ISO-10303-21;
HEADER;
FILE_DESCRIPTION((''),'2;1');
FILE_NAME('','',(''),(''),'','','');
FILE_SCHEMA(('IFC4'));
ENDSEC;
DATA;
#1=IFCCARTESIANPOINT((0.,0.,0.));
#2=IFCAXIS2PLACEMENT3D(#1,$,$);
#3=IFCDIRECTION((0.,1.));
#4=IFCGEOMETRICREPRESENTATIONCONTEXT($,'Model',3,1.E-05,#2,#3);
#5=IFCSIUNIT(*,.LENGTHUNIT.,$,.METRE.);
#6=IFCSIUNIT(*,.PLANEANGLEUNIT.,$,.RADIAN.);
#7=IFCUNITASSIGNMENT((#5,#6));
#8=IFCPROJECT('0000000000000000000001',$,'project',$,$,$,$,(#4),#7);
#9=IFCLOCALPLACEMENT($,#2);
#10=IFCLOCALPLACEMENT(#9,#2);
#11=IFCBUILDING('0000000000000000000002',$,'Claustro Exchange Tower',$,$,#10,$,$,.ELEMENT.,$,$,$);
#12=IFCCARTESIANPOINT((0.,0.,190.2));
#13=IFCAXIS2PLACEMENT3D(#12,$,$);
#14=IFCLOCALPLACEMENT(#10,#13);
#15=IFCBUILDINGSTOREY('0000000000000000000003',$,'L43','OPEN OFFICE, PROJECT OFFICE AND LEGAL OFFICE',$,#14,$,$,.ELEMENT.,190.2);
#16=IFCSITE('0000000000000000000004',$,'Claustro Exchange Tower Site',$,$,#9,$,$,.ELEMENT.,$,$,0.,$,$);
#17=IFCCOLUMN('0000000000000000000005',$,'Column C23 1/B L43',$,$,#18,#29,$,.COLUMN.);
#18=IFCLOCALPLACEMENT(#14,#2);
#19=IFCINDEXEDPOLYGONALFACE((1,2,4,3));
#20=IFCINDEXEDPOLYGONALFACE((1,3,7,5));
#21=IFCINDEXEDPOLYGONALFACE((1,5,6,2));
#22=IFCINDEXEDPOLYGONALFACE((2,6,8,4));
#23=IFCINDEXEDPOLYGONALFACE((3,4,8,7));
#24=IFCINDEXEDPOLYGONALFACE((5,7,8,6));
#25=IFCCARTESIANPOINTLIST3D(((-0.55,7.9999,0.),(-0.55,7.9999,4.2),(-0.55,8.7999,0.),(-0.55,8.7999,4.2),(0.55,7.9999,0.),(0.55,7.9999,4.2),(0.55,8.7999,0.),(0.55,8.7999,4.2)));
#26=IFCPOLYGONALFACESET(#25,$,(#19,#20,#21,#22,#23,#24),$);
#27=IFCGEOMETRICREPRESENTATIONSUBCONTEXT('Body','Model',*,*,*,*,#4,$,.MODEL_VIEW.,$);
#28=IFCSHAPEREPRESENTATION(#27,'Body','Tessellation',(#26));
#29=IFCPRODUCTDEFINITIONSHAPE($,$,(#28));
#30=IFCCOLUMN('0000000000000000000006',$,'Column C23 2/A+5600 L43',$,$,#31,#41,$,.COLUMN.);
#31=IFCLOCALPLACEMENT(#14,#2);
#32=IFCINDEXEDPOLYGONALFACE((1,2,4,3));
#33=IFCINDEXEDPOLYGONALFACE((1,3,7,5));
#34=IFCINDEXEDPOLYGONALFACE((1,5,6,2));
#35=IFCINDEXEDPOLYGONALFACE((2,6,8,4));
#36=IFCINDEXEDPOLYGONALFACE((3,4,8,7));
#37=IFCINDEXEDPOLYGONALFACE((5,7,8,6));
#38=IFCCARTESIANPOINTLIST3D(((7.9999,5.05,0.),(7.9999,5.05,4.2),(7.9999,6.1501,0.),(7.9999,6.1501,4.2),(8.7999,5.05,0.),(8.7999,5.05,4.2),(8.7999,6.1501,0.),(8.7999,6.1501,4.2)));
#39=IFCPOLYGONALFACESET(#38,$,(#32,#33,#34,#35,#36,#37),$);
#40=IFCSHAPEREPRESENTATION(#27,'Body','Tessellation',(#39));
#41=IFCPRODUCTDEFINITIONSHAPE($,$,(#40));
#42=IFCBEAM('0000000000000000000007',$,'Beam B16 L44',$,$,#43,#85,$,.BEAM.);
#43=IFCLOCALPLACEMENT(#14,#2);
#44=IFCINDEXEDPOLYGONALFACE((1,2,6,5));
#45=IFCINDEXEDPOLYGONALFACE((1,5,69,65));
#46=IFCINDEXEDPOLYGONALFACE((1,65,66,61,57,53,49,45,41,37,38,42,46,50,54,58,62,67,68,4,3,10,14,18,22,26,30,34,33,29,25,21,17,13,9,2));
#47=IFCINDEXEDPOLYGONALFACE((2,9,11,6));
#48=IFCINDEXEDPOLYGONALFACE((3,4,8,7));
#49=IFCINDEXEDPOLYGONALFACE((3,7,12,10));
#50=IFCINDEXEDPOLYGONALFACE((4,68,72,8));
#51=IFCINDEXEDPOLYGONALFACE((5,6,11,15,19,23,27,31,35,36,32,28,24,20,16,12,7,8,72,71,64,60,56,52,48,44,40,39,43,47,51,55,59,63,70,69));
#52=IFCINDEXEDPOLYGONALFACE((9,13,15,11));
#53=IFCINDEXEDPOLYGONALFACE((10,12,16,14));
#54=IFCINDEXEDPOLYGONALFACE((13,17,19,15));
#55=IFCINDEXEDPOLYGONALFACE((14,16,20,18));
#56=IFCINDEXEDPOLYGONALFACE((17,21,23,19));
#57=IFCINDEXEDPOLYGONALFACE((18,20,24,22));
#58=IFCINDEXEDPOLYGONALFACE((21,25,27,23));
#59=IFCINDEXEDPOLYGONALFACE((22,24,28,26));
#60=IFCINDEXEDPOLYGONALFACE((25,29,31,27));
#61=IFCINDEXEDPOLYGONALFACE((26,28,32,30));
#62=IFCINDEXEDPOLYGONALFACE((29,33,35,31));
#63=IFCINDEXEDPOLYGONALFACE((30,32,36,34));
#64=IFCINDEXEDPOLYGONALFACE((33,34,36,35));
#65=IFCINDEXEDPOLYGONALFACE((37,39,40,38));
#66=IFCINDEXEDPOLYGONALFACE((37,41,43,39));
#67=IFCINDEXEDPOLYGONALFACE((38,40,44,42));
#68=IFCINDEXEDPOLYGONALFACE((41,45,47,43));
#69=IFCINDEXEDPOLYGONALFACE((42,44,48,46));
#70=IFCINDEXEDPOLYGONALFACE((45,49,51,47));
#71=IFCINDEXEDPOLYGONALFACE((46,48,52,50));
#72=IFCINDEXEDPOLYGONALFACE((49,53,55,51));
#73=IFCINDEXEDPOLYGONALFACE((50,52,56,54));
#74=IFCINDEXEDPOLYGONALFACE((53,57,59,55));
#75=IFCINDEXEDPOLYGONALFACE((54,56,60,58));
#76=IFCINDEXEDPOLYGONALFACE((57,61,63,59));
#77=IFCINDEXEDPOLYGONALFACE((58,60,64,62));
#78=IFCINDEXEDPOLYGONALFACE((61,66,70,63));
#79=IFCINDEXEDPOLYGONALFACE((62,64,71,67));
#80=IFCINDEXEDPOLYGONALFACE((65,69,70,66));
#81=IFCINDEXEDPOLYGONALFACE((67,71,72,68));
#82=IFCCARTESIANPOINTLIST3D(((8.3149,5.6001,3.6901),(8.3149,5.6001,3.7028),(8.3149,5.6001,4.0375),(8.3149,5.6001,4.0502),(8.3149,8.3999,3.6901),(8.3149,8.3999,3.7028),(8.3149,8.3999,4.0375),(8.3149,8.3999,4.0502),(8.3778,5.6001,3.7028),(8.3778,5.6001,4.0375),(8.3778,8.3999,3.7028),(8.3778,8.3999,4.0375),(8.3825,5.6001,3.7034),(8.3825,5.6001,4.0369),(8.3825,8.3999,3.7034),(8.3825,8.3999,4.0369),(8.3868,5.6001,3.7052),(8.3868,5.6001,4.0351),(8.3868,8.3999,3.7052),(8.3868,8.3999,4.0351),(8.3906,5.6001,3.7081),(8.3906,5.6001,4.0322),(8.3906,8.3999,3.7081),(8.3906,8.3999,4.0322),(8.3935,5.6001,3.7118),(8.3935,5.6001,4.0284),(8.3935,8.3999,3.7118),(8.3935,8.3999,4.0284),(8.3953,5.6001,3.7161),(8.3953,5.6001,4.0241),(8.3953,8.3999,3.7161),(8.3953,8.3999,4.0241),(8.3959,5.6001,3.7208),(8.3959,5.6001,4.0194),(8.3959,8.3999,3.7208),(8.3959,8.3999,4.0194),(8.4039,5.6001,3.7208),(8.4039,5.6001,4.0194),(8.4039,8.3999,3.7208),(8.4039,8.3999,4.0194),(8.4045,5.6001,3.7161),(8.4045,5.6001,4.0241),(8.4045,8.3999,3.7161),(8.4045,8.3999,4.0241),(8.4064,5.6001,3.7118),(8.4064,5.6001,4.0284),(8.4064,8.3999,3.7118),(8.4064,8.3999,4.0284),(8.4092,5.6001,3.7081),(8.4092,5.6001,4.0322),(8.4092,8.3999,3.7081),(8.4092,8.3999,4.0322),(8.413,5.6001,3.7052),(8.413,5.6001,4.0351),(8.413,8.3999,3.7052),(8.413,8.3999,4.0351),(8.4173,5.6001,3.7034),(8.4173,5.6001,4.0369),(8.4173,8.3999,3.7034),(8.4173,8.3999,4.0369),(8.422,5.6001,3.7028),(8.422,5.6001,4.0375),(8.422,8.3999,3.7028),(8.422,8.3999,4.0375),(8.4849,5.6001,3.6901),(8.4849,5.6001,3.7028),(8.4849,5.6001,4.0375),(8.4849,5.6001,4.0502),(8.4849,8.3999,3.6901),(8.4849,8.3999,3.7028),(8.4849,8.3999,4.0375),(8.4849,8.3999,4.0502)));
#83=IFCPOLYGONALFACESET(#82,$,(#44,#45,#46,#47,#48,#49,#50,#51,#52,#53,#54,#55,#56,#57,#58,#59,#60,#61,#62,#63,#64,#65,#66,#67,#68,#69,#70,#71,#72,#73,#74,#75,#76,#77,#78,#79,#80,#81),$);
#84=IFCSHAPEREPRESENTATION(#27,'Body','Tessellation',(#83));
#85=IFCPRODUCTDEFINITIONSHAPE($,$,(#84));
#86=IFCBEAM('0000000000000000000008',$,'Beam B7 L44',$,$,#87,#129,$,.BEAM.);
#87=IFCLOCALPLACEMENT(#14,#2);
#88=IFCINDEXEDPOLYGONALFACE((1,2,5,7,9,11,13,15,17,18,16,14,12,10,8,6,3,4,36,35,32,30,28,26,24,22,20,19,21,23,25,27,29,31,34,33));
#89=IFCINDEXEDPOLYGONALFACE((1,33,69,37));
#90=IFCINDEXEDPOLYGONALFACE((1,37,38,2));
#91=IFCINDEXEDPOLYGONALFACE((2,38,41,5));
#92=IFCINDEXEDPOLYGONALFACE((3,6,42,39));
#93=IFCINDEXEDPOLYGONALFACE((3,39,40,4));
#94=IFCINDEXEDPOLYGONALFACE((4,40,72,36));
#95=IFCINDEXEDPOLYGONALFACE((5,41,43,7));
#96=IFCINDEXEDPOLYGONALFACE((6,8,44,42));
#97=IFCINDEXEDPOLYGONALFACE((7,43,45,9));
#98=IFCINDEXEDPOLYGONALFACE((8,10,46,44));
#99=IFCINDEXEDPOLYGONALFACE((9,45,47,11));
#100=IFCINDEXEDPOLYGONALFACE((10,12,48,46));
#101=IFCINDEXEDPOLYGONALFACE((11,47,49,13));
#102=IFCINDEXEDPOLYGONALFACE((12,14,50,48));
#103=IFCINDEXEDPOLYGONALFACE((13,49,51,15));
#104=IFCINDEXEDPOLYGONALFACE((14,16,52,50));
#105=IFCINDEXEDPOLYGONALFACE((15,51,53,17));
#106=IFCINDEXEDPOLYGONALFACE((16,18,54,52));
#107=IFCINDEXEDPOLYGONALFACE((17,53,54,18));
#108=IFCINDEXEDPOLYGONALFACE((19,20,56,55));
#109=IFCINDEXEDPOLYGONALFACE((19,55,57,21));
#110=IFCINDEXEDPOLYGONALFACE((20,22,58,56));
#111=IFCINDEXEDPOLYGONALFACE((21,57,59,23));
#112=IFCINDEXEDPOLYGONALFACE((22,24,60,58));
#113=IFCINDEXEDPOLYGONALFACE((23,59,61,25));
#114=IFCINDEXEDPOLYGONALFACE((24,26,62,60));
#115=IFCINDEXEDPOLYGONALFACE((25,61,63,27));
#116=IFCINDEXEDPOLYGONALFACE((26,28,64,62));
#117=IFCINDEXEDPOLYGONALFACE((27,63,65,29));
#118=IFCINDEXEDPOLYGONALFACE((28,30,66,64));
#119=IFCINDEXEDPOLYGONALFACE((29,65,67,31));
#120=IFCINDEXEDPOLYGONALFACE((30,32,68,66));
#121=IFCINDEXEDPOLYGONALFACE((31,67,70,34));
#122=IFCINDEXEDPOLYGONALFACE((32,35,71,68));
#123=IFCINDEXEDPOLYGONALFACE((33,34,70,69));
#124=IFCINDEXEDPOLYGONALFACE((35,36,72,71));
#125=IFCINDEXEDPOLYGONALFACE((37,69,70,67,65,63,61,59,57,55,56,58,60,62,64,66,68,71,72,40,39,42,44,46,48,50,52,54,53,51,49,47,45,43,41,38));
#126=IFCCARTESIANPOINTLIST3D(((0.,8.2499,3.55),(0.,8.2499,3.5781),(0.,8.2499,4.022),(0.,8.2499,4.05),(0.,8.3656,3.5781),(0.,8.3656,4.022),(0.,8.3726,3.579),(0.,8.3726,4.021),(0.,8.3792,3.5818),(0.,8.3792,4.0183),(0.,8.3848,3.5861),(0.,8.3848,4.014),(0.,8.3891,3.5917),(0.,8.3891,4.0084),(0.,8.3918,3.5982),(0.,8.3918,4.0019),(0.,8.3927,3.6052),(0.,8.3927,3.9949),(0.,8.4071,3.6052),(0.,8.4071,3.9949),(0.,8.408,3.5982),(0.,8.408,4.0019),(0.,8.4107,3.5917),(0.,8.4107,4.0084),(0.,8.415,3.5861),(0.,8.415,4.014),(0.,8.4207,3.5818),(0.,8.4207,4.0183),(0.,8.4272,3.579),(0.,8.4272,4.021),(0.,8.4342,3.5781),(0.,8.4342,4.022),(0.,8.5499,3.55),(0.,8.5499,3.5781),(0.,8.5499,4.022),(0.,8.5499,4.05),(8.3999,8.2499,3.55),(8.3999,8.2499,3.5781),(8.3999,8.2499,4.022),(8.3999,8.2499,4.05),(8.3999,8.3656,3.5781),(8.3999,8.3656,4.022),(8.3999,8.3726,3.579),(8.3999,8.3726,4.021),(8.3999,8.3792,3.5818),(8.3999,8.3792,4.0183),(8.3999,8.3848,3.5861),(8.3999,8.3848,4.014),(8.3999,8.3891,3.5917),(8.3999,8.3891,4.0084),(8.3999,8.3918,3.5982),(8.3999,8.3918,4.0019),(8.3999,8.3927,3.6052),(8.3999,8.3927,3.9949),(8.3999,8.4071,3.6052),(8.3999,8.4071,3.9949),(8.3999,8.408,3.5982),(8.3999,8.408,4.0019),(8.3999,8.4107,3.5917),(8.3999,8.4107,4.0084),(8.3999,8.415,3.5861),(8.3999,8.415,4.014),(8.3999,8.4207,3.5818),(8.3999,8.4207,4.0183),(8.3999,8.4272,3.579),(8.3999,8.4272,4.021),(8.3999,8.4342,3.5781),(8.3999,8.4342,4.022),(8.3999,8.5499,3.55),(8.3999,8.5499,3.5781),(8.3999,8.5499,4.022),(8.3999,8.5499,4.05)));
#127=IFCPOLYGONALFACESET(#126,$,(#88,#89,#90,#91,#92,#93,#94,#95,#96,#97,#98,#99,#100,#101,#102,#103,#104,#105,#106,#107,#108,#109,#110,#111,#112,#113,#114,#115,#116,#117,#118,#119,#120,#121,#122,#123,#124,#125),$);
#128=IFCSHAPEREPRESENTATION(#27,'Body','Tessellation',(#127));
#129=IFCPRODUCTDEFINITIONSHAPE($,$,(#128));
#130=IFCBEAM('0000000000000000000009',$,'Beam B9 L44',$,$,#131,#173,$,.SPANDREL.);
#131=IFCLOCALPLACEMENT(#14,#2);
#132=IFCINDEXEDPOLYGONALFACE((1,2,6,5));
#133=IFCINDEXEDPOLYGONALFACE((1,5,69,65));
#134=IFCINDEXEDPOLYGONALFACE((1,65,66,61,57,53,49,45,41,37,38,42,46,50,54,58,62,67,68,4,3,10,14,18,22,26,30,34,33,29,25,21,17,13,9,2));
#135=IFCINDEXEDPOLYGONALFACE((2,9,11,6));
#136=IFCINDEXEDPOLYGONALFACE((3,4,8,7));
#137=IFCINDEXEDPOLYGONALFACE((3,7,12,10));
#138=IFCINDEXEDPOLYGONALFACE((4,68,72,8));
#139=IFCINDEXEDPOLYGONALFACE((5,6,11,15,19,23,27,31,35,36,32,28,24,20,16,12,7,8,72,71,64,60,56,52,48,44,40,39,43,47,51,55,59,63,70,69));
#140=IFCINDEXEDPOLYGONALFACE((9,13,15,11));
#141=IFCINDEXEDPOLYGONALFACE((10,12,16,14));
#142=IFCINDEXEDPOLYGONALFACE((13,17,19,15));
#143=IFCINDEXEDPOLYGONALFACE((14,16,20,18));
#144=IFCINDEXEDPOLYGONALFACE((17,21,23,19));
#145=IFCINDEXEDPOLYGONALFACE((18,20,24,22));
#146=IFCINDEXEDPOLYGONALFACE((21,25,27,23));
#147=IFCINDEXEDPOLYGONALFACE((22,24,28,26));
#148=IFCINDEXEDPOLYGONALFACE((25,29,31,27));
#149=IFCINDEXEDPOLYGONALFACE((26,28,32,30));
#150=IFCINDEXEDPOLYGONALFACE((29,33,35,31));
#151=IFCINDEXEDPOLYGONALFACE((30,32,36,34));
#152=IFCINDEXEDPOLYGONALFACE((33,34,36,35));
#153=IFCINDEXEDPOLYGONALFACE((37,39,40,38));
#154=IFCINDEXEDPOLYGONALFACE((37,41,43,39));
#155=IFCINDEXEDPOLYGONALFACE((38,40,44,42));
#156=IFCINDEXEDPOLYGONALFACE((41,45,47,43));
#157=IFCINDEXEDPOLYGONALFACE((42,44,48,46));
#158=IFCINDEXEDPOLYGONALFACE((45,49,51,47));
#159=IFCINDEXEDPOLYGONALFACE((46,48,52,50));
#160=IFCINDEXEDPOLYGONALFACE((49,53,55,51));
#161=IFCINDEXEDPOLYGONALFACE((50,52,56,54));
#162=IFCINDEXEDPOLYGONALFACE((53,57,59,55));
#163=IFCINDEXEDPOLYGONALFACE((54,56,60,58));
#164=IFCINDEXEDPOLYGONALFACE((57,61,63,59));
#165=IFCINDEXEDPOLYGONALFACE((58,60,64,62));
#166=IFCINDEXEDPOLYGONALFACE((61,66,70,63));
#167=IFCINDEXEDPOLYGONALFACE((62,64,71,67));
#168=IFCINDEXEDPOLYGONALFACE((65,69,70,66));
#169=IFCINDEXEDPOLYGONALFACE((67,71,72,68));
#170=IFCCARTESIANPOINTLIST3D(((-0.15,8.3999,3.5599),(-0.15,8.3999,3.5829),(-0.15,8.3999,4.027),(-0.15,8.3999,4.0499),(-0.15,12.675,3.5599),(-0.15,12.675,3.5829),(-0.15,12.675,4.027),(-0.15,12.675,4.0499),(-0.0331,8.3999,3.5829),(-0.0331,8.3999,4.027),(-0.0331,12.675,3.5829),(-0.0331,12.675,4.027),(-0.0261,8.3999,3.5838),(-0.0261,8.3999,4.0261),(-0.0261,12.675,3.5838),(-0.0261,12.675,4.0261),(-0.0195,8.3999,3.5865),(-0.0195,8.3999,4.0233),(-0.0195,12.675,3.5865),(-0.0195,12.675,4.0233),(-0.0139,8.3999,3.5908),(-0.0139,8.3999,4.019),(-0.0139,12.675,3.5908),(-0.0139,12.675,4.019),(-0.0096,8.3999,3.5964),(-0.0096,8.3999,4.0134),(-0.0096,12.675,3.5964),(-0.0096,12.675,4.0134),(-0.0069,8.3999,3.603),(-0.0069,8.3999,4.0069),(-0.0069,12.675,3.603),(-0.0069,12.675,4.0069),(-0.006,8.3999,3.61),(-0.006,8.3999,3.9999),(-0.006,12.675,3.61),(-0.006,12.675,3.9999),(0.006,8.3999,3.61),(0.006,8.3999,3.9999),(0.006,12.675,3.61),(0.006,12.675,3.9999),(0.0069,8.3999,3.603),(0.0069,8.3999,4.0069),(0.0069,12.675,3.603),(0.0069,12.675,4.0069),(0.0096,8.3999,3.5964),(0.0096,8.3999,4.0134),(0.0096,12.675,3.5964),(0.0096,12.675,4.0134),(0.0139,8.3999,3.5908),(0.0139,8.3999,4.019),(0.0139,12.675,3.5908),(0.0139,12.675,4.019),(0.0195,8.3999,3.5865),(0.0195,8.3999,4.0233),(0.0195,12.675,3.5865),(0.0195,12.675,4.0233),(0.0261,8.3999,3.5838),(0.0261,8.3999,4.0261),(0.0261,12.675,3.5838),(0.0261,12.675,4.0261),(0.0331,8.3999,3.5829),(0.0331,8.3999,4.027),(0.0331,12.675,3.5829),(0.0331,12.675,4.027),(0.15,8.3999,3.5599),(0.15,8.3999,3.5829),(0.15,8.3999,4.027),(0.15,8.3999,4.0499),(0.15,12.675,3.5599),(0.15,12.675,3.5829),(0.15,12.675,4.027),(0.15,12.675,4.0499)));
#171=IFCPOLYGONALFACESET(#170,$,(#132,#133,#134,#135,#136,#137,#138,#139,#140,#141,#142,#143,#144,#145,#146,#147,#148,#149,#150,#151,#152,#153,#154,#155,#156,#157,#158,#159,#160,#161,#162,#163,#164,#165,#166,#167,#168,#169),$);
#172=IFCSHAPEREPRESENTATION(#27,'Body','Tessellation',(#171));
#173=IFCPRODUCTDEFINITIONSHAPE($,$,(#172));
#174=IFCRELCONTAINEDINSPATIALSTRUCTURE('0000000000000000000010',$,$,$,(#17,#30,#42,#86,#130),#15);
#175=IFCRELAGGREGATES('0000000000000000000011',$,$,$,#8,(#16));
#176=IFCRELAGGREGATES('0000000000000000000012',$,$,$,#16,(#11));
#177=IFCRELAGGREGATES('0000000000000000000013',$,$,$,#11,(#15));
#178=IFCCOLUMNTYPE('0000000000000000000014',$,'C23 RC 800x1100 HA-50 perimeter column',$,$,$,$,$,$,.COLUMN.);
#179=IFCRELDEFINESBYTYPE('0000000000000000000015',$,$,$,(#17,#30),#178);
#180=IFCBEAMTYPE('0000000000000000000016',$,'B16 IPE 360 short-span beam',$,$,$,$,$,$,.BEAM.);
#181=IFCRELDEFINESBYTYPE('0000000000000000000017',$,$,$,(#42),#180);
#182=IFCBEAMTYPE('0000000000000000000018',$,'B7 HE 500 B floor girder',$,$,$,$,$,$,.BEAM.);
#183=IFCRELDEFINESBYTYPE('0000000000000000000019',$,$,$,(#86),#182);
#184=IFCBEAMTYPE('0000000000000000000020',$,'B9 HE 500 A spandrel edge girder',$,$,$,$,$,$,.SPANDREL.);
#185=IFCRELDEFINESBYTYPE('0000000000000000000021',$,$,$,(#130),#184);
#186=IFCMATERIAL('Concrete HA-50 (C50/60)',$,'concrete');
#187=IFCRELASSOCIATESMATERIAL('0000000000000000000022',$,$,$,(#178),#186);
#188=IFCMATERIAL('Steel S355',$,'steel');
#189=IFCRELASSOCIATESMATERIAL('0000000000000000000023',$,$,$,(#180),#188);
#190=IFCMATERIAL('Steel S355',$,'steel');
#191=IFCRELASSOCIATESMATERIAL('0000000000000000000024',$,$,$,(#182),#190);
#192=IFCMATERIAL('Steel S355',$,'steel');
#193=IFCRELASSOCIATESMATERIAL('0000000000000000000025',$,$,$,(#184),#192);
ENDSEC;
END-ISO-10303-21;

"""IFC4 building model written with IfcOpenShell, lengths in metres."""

from ifc_helpers import new_model, si_unit, direction, frame, origin, origin_2d, place, context, subcontext, project, spatial, rectangle, i_section, extrude, material, material_profile, profile_set, type_object, element, save


model = new_model("IFC4")

# Units and contexts
model_context = context("Model", 3, precision=1e-05, world=origin(), true_north=direction((0.0, 1.0)))
body_context = subcontext(model_context, "Body", "Model", "MODEL_VIEW")
ifc_project = project(units=[si_unit("LENGTHUNIT", "METRE"), si_unit("PLANEANGLEUNIT", "RADIAN")], contexts=[model_context])

# Site, building, storey
site_placement = place(None, origin())
site = spatial("IfcSite", under=ifc_project, at=site_placement, Name="Claustro Exchange Tower Site", CompositionType="ELEMENT", RefElevation=0.0)
building_placement = place(site_placement, origin())
building = spatial("IfcBuilding", under=site, at=building_placement, Name="Claustro Exchange Tower", CompositionType="ELEMENT")
storey_placement = place(building_placement, frame((0.0, 0.0, 190.2)))
storey = spatial("IfcBuildingStorey", under=building, at=storey_placement, Name="L43", Description="OPEN OFFICE, PROJECT OFFICE AND LEGAL OFFICE", CompositionType="ELEMENT", Elevation=190.2)

# Columns
ifc_material_1 = material(Name="Concrete HA-50 (C50/60)", Category="concrete")
ifc_material_profile_1 = material_profile(ifc_material_1, rectangle(XDim=0.8, YDim=1.1001, at=origin_2d()), Name="RC 800x1100")
ifc_profile_set_1 = profile_set([ifc_material_profile_1], Name="Concrete HA-50 (C50/60)")
column_type = type_object("IfcColumnType", Name="C23 RC 800x1100 HA-50 perimeter column", PredefinedType="COLUMN", material=ifc_profile_set_1)
for number, where, z_axis, x_axis, name in (
    (1, (0.0, 8.3999, 0.0), (0.0, 0.0, 1.0), (0.0, 1.0, 0.0), "Column C23 1/B L43"),
    (2, (8.3999, 5.6001, 0.0), (0.0, 0.0, 1.0), (1.0, 0.0, 0.0), "Column C23 2/A+5600 L43"),
):
    element("IfcColumn", number, at=place(storey_placement, frame(where, z_axis=z_axis, x_axis=x_axis)), inside=storey, type_object=column_type, Name=name, PredefinedType="COLUMN", context=body_context, shape_type="SweptSolid", body=[
        extrude(rectangle(XDim=0.8, YDim=1.1001, at=origin_2d()), origin(), (0.0, 0.0, 1.0), 4.2),
    ])

# Beams
ifc_material_2 = material(Name="Steel S355", Category="steel")
ifc_material_profile_2 = material_profile(ifc_material_2, i_section(OverallWidth=0.1699, OverallDepth=0.3601, WebThickness=0.0081, FlangeThickness=0.0127, FilletRadius=0.0181, at=origin_2d()), Name="IPE 360")
ifc_profile_set_2 = profile_set([ifc_material_profile_2], Name="Steel S355")
beam_type_1 = type_object("IfcBeamType", Name="B16 IPE 360 short-span beam", PredefinedType="BEAM", material=ifc_profile_set_2)
beam_1_placement = place(storey_placement, frame((8.3999, 5.6001, 3.8701), z_axis=(0.0, 1.0, 0.0), x_axis=(-1.0, 0.0, 0.0)))
element("IfcBeam", 3, at=beam_1_placement, inside=storey, type_object=beam_type_1, Name="Beam B16 L44", PredefinedType="BEAM", context=body_context, shape_type="SweptSolid", body=[
    extrude(i_section(OverallWidth=0.1699, OverallDepth=0.3601, WebThickness=0.0081, FlangeThickness=0.0127, FilletRadius=0.0181, at=origin_2d()), origin(), (0.0, 0.0, 1.0), 2.7998),
])
ifc_material_3 = material(Name="Steel S355", Category="steel")
ifc_material_profile_3 = material_profile(ifc_material_3, i_section(OverallWidth=0.3, OverallDepth=0.5, WebThickness=0.0144, FlangeThickness=0.0281, FilletRadius=0.0271, at=origin_2d()), Name="HE 500 B")
ifc_profile_set_3 = profile_set([ifc_material_profile_3], Name="Steel S355")
beam_type_2 = type_object("IfcBeamType", Name="B7 HE 500 B floor girder", PredefinedType="BEAM", material=ifc_profile_set_3)
beam_2_placement = place(storey_placement, frame((0.0, 8.3999, 3.8), z_axis=(1.0, 0.0, 0.0), x_axis=(0.0, 1.0, 0.0)))
element("IfcBeam", 4, at=beam_2_placement, inside=storey, type_object=beam_type_2, Name="Beam B7 L44", PredefinedType="BEAM", context=body_context, shape_type="SweptSolid", body=[
    extrude(i_section(OverallWidth=0.3, OverallDepth=0.5, WebThickness=0.0144, FlangeThickness=0.0281, FilletRadius=0.0271, at=origin_2d()), origin(), (0.0, 0.0, 1.0), 8.3999),
])
ifc_material_4 = material(Name="Steel S355", Category="steel")
ifc_material_profile_4 = material_profile(ifc_material_4, i_section(OverallWidth=0.3, OverallDepth=0.49, WebThickness=0.012, FlangeThickness=0.0229, FilletRadius=0.0271, at=origin_2d()), Name="HE 500 A")
ifc_profile_set_4 = profile_set([ifc_material_profile_4], Name="Steel S355")
beam_type_3 = type_object("IfcBeamType", Name="B9 HE 500 A spandrel edge girder", PredefinedType="SPANDREL", material=ifc_profile_set_4)
beam_3_placement = place(storey_placement, frame((0.0, 8.3999, 3.8049), z_axis=(0.0, 1.0, 0.0), x_axis=(-1.0, 0.0, 0.0)))
element("IfcBeam", 5, at=beam_3_placement, inside=storey, type_object=beam_type_3, Name="Beam B9 L44", PredefinedType="SPANDREL", context=body_context, shape_type="SweptSolid", body=[
    extrude(i_section(OverallWidth=0.3, OverallDepth=0.49, WebThickness=0.012, FlangeThickness=0.0229, FilletRadius=0.0271, at=origin_2d()), origin(), (0.0, 0.0, 1.0), 4.2751),
])

save(model, "model.ifc")
